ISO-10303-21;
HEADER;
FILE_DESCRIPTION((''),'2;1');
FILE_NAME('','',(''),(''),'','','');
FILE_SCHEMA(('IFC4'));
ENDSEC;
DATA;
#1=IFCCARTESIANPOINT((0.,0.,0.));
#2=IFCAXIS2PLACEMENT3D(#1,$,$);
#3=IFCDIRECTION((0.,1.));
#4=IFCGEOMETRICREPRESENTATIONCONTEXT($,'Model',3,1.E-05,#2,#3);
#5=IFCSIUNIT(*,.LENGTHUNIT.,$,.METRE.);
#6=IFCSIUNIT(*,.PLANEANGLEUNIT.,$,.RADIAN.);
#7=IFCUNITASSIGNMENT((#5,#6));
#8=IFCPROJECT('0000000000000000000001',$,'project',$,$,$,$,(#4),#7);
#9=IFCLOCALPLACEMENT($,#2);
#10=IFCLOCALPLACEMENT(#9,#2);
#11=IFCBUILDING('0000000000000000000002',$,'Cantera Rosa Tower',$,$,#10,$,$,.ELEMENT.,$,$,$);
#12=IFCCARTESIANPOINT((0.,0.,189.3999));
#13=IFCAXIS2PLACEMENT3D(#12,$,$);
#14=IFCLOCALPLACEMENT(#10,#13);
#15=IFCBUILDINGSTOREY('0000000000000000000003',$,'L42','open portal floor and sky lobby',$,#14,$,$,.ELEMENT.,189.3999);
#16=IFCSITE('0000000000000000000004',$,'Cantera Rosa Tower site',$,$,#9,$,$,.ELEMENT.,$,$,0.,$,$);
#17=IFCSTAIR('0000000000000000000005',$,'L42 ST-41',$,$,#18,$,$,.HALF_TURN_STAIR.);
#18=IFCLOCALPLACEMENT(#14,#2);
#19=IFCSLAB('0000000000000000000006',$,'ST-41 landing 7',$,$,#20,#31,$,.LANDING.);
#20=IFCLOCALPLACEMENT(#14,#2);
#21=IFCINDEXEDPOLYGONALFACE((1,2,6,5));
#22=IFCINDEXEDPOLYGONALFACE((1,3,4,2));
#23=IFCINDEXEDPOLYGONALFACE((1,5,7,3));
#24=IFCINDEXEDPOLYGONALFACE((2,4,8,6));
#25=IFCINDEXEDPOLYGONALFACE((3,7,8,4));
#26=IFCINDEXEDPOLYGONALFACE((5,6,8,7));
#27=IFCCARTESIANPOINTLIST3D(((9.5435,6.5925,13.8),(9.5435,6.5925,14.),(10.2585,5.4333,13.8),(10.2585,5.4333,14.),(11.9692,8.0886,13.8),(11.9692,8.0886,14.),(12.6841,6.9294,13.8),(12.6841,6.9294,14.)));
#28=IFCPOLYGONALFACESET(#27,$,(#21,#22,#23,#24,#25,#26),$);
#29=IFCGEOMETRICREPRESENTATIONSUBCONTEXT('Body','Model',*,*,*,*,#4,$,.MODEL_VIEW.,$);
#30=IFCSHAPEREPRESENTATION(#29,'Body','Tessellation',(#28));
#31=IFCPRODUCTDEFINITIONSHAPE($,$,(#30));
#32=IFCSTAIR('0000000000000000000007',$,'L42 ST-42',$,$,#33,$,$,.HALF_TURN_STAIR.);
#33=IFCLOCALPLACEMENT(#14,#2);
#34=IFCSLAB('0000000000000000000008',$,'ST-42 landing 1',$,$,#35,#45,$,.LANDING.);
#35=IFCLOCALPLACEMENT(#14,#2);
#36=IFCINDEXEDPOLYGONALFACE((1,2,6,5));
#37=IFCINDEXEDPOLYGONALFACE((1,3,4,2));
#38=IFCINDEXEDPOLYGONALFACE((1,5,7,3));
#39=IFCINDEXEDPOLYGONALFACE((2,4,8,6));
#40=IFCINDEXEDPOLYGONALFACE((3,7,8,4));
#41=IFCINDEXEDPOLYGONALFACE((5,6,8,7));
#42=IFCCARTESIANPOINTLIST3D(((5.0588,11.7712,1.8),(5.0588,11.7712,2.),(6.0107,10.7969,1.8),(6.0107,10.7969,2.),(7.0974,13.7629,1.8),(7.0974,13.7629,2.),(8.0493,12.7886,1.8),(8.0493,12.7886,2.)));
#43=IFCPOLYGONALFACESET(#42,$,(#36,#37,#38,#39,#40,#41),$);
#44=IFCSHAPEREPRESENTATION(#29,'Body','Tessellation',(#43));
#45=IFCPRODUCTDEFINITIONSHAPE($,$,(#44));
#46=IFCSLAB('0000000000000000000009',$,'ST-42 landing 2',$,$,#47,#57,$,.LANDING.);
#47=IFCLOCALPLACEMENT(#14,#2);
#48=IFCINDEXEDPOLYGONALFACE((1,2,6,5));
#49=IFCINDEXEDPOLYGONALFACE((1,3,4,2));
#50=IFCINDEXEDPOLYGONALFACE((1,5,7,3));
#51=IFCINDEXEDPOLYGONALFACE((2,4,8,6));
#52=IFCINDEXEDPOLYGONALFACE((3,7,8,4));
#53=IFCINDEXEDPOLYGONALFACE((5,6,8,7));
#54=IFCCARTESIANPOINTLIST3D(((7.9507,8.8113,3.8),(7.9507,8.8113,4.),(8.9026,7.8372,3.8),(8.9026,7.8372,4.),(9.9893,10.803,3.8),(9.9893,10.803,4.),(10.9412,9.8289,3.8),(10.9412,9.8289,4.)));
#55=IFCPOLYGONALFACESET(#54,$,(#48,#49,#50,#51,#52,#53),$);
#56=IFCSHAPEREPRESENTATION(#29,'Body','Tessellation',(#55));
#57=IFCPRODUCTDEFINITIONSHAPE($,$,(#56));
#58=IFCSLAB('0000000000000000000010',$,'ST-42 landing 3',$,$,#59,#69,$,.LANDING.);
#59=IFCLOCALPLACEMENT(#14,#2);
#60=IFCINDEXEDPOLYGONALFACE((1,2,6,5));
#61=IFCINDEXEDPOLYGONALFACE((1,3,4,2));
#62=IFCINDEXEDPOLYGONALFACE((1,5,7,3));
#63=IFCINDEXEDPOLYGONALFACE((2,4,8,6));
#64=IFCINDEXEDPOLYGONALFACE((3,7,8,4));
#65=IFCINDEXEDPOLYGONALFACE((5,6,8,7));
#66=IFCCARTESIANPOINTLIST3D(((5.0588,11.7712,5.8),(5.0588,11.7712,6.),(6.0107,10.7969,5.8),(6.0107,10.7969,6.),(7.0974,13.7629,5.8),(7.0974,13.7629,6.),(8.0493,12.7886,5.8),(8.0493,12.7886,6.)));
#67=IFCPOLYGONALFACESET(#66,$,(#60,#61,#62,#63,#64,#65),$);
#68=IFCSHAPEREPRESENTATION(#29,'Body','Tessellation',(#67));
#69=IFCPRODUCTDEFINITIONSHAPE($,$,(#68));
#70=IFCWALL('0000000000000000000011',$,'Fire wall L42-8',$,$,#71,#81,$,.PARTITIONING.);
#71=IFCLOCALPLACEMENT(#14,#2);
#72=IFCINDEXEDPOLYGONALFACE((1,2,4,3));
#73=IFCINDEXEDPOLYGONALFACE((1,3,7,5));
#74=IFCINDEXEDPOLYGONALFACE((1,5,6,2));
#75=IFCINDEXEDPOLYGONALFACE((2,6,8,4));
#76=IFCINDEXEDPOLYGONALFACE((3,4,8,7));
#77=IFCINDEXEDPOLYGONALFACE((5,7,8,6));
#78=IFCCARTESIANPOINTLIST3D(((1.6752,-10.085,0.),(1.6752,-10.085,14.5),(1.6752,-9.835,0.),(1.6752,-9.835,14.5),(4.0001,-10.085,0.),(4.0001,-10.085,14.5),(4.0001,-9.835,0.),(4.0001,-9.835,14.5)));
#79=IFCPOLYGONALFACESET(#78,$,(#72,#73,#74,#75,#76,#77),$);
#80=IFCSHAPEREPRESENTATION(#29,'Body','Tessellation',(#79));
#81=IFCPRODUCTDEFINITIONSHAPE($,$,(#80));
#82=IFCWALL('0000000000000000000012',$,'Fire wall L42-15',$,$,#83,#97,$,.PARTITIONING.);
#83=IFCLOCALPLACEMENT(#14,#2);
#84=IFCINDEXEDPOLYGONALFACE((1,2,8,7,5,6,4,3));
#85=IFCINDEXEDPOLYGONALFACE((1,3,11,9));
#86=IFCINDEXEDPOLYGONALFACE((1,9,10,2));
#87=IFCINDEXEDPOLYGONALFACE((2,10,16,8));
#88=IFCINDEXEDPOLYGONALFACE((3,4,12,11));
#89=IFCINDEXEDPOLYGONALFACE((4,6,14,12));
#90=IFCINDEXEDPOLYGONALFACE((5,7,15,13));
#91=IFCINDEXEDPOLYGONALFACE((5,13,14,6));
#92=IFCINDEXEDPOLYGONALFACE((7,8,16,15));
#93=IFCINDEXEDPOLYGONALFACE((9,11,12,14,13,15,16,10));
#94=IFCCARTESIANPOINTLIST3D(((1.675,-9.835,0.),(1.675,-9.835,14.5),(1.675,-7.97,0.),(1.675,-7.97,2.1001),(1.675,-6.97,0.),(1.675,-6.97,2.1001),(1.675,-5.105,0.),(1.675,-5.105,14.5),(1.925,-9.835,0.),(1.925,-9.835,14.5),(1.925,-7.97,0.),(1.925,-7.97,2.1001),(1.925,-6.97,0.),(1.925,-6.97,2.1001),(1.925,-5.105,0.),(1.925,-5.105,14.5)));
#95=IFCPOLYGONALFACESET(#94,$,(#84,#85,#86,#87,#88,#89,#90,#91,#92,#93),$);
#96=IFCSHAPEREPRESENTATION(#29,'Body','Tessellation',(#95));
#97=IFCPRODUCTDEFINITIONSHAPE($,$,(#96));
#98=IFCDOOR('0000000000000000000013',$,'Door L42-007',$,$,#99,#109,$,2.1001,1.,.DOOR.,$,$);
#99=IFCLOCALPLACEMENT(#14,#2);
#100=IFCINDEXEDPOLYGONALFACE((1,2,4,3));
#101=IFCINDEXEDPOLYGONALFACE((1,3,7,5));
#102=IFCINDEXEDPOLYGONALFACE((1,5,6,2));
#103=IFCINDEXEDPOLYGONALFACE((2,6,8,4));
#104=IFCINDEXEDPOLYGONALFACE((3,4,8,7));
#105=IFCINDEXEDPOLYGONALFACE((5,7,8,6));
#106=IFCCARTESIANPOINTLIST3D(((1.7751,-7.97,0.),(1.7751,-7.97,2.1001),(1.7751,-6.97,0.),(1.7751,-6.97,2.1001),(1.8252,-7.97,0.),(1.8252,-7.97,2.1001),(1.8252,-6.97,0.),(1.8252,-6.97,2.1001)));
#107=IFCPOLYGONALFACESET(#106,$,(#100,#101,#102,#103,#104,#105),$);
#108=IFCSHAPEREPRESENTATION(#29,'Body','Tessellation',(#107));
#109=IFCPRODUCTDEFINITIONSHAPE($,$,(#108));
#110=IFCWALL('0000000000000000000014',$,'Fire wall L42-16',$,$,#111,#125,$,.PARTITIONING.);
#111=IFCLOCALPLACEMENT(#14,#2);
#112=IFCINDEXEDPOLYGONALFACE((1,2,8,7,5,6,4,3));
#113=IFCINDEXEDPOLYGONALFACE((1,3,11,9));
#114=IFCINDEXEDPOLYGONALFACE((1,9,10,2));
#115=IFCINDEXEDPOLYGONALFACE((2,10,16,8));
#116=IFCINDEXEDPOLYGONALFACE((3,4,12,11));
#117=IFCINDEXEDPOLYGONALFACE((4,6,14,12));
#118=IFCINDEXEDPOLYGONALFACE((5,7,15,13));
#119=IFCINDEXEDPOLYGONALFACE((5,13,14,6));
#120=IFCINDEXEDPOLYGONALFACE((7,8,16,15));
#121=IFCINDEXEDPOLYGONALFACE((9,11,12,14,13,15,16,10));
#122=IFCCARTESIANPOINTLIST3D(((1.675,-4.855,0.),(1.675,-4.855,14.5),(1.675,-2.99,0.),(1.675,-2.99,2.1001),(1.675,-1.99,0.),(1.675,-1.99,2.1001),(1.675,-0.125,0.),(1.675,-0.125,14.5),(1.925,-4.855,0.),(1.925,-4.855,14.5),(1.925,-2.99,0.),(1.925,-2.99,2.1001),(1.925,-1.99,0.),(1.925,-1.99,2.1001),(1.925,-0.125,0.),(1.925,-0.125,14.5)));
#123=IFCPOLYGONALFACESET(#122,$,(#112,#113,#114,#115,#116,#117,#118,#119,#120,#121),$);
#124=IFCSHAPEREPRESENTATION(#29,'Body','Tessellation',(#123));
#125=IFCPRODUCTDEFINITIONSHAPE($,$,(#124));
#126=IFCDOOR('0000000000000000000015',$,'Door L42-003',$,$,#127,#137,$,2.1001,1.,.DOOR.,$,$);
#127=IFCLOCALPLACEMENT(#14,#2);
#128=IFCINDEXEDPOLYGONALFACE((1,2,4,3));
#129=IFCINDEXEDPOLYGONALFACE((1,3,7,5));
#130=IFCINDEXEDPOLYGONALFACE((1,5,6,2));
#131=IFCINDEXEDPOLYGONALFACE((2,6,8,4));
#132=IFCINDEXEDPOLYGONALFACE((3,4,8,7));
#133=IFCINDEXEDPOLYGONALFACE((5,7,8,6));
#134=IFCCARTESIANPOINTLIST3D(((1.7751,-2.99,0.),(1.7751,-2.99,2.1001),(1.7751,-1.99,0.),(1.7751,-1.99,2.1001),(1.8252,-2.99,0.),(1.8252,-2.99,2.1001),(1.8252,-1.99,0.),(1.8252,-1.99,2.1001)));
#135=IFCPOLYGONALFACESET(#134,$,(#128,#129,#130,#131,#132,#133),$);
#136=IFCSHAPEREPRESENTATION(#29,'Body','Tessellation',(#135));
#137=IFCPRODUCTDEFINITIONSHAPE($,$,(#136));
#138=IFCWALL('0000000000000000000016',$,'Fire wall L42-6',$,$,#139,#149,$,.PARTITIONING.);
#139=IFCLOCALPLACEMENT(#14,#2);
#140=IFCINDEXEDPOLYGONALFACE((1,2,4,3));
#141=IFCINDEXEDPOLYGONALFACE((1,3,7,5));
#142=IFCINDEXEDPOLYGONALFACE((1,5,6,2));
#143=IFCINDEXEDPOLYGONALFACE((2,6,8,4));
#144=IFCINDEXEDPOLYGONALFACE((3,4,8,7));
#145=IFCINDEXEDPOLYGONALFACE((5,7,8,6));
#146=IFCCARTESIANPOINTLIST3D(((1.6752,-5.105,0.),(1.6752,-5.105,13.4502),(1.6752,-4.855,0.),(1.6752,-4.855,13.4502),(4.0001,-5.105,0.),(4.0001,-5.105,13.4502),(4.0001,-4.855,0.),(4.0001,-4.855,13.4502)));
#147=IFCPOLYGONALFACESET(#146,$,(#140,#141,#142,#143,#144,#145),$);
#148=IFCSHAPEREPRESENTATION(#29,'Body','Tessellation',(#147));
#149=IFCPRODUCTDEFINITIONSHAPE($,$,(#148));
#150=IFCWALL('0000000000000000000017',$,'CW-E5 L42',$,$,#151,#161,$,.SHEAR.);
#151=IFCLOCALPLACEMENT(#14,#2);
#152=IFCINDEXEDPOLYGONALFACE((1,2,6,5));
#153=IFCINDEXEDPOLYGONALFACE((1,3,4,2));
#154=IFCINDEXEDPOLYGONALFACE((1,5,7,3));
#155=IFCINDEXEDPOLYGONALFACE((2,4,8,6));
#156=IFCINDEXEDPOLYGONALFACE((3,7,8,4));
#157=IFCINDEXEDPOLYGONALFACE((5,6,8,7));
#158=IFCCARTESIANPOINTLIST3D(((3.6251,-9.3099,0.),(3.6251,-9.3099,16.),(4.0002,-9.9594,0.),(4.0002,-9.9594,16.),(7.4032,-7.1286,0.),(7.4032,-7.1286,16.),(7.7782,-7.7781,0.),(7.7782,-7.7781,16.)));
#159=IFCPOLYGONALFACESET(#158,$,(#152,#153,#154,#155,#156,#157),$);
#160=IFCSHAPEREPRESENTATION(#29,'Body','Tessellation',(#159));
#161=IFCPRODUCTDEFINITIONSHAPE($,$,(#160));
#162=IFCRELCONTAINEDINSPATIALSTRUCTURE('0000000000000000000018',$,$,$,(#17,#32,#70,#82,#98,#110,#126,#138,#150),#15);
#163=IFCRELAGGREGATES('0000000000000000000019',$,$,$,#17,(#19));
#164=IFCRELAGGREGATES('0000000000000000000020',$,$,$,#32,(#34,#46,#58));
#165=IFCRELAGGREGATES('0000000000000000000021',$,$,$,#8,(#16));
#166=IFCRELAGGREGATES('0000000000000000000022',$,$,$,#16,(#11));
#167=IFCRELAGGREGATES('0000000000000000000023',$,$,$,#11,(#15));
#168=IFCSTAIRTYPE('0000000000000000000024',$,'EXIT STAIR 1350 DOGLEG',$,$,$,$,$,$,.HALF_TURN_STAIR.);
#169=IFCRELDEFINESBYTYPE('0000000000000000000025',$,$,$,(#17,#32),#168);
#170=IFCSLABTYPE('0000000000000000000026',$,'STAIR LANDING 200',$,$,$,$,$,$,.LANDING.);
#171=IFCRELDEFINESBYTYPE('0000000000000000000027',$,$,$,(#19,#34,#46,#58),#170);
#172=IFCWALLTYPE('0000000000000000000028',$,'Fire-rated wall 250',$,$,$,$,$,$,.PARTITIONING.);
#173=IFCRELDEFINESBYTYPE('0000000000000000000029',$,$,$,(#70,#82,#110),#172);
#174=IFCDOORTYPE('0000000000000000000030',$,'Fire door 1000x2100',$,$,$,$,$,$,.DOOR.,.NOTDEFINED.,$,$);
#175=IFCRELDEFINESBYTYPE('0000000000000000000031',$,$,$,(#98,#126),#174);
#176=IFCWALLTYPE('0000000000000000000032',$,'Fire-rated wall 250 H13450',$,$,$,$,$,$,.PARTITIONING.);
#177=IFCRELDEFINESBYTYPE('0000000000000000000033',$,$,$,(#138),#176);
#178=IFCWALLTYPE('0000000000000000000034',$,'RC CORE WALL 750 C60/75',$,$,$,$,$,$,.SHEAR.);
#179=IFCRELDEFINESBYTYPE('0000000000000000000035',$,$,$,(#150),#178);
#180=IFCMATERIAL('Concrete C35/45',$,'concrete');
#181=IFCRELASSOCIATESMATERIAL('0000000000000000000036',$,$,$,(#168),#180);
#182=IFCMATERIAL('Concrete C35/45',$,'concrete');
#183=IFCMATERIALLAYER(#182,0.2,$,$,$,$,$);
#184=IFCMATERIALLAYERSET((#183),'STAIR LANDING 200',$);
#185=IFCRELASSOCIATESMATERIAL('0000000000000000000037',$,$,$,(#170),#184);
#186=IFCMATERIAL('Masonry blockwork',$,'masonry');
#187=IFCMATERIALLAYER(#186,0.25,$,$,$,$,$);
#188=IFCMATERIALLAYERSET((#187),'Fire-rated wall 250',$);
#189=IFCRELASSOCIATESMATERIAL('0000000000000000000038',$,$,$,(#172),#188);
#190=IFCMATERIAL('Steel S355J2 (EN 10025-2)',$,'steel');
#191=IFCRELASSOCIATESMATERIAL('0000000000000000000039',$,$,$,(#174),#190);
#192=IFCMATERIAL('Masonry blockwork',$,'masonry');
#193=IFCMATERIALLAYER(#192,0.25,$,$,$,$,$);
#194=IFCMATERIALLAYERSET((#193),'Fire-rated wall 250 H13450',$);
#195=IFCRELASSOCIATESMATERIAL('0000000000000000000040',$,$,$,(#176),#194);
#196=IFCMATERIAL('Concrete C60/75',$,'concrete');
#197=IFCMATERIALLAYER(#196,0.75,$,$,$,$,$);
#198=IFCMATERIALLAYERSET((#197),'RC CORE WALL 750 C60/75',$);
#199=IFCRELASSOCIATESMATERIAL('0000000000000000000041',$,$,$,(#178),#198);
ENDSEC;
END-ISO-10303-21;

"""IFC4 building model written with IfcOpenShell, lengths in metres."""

from ifc_helpers import new_model, si_unit, direction, frame, frame_2d, origin, place, context, subcontext, project, spatial, polyline, rectangle, outline, extrude, material, layer, layer_set, type_object, element, fill, aggregate, save


model = new_model("IFC4")

# Units and contexts
model_context = context("Model", 3, precision=1e-05, world=origin(), true_north=direction((0.0, 1.0)))
body_context = subcontext(model_context, "Body", "Model", "MODEL_VIEW")
ifc_project = project(units=[si_unit("LENGTHUNIT", "METRE"), si_unit("PLANEANGLEUNIT", "RADIAN")], contexts=[model_context])

# Site, building, storey
site_placement = place(None, origin())
site = spatial("IfcSite", under=ifc_project, at=site_placement, Name="Cantera Rosa Tower site", CompositionType="ELEMENT", RefElevation=0.0)
building_placement = place(site_placement, origin())
building = spatial("IfcBuilding", under=site, at=building_placement, Name="Cantera Rosa Tower", CompositionType="ELEMENT")
storey_placement = place(building_placement, frame((0.0, 0.0, 189.3999)))
storey = spatial("IfcBuildingStorey", under=building, at=storey_placement, Name="L42", Description="open portal floor and sky lobby", CompositionType="ELEMENT", Elevation=189.3999)

# Stairs, slabs
ifc_material_1 = material(Name="Concrete C35/45", Category="concrete")
stair_type = type_object("IfcStairType", Name="EXIT STAIR 1350 DOGLEG", PredefinedType="HALF_TURN_STAIR", material=ifc_material_1)
stair_1_placement = place(storey_placement, origin())
stair_1 = element("IfcStair", 1, at=stair_1_placement, inside=storey, type_object=stair_type, Name="L42 ST-41", PredefinedType="HALF_TURN_STAIR")
ifc_material_2 = material(Name="Concrete C35/45", Category="concrete")
ifc_layer_1 = layer(ifc_material_2, 0.2)
ifc_layer_set_1 = layer_set([ifc_layer_1], Name="STAIR LANDING 200")
slab_type_1 = type_object("IfcSlabType", Name="STAIR LANDING 200", PredefinedType="LANDING", material=ifc_layer_set_1)
slab_1_placement = place(storey_placement, frame((0.0, 0.0, 13.8)))
slab_1 = element("IfcSlab", 2, at=slab_1_placement, type_object=slab_type_1, Name="ST-41 landing 7", PredefinedType="LANDING", context=body_context, shape_type="SweptSolid", body=[
    extrude(outline(polyline([(12.6841, 6.9294), (11.9692, 8.0886), (9.5435, 6.5925), (10.2585, 5.4333), (12.6841, 6.9294)])), origin(), (0.0, 0.0, 1.0), 0.2),
])
aggregate(stair_1, [slab_1])
stair_2_placement = place(storey_placement, origin())
stair_2 = element("IfcStair", 3, at=stair_2_placement, inside=storey, type_object=stair_type, Name="L42 ST-42", PredefinedType="HALF_TURN_STAIR")
slab_2_placement = place(storey_placement, frame((0.0, 0.0, 1.8)))
slab_2 = element("IfcSlab", 4, at=slab_2_placement, type_object=slab_type_1, Name="ST-42 landing 1", PredefinedType="LANDING", context=body_context, shape_type="SweptSolid", body=[
    extrude(outline(polyline([(8.0493, 12.7886), (7.0974, 13.7629), (5.0588, 11.7712), (6.0107, 10.7969), (8.0493, 12.7886)])), origin(), (0.0, 0.0, 1.0), 0.2),
])
slab_3_placement = place(storey_placement, frame((0.0, 0.0, 3.8)))
slab_3 = element("IfcSlab", 5, at=slab_3_placement, type_object=slab_type_1, Name="ST-42 landing 2", PredefinedType="LANDING", context=body_context, shape_type="SweptSolid", body=[
    extrude(outline(polyline([(10.9412, 9.8289), (9.9893, 10.803), (7.9507, 8.8113), (8.9026, 7.8372), (10.9412, 9.8289)])), origin(), (0.0, 0.0, 1.0), 0.2),
])
slab_4_placement = place(storey_placement, frame((0.0, 0.0, 5.8)))
slab_4 = element("IfcSlab", 6, at=slab_4_placement, type_object=slab_type_1, Name="ST-42 landing 3", PredefinedType="LANDING", context=body_context, shape_type="SweptSolid", body=[
    extrude(outline(polyline([(8.0493, 12.7886), (7.0974, 13.7629), (5.0588, 11.7712), (6.0107, 10.7969), (8.0493, 12.7886)])), origin(), (0.0, 0.0, 1.0), 0.2),
])
aggregate(stair_2, [slab_2, slab_3, slab_4])

# Wall
ifc_material_3 = material(Name="Masonry blockwork", Category="masonry")
ifc_layer_2 = layer(ifc_material_3, 0.25)
ifc_layer_set_2 = layer_set([ifc_layer_2], Name="Fire-rated wall 250")
wall_type_1 = type_object("IfcWallType", Name="Fire-rated wall 250", PredefinedType="PARTITIONING", material=ifc_layer_set_2)
wall_1_placement = place(storey_placement, frame((1.675, -9.96, 0.0), z_axis=(0.0, 0.0, 1.0), x_axis=(1.0, 0.0, 0.0)))
element("IfcWall", 7, at=wall_1_placement, inside=storey, type_object=wall_type_1, Name="Fire wall L42-8", PredefinedType="PARTITIONING", context=body_context, shape_type="SweptSolid", body=[
    extrude(rectangle(XDim=2.325, YDim=0.25, at=frame_2d((1.1626, 0.0))), origin(), (0.0, 0.0, 1.0), 14.5),
])

# Walls, openings, doors
wall_2_placement = place(storey_placement, frame((1.8, -9.835, 0.0), z_axis=(0.0, 0.0, 1.0), x_axis=(0.0, 1.0, 0.0)))
wall_2 = element("IfcWall", 8, at=wall_2_placement, inside=storey, type_object=wall_type_1, Name="Fire wall L42-15", PredefinedType="PARTITIONING", context=body_context, shape_type="SweptSolid", body=[
    extrude(rectangle(XDim=4.73, YDim=0.25, at=frame_2d((2.365, 0.0))), origin(), (0.0, 0.0, 1.0), 14.5),
])
opening_1_placement = place(wall_2_placement, frame((1.865, 0.0, 0.0)))
opening_1 = element("IfcOpeningElement", 9, at=opening_1_placement, cuts=wall_2, PredefinedType="OPENING", context=body_context, shape_type="SweptSolid", body=[
    extrude(rectangle(XDim=1.0, YDim=2.1001, at=frame_2d((0.5, 1.05))), frame((0.0, 0.135, 0.0), z_axis=(0.0, -1.0, 0.0), x_axis=(1.0, 0.0, 0.0)), (0.0, 0.0, 1.0), 0.27),
])
ifc_material_4 = material(Name="Steel S355J2 (EN 10025-2)", Category="steel")
door_type_1 = type_object("IfcDoorType", Name="Fire door 1000x2100", OperationType="NOTDEFINED", PredefinedType="DOOR", material=ifc_material_4)
door_1_placement = place(opening_1_placement, origin())
door_1 = element("IfcDoor", 10, at=door_1_placement, inside=storey, type_object=door_type_1, Name="Door L42-007", OverallHeight=2.1001, OverallWidth=1.0, PredefinedType="DOOR", context=body_context, shape_type="SweptSolid", body=[
    extrude(rectangle(XDim=1.0, YDim=2.1001, at=frame_2d((0.5, 1.05))), frame((0.0, 0.0249, 0.0), z_axis=(0.0, -1.0, 0.0), x_axis=(1.0, 0.0, 0.0)), (0.0, 0.0, 1.0), 0.05),
])
fill(opening_1, door_1)
wall_3_placement = place(storey_placement, frame((1.8, -4.855, 0.0), z_axis=(0.0, 0.0, 1.0), x_axis=(0.0, 1.0, 0.0)))
wall_3 = element("IfcWall", 11, at=wall_3_placement, inside=storey, type_object=wall_type_1, Name="Fire wall L42-16", PredefinedType="PARTITIONING", context=body_context, shape_type="SweptSolid", body=[
    extrude(rectangle(XDim=4.73, YDim=0.25, at=frame_2d((2.365, 0.0))), origin(), (0.0, 0.0, 1.0), 14.5),
])
opening_2_placement = place(wall_3_placement, frame((1.865, 0.0, 0.0)))
opening_2 = element("IfcOpeningElement", 12, at=opening_2_placement, cuts=wall_3, PredefinedType="OPENING", context=body_context, shape_type="SweptSolid", body=[
    extrude(rectangle(XDim=1.0, YDim=2.1001, at=frame_2d((0.5, 1.05))), frame((0.0, 0.135, 0.0), z_axis=(0.0, -1.0, 0.0), x_axis=(1.0, 0.0, 0.0)), (0.0, 0.0, 1.0), 0.27),
])
door_2_placement = place(opening_2_placement, origin())
door_2 = element("IfcDoor", 13, at=door_2_placement, inside=storey, type_object=door_type_1, Name="Door L42-003", OverallHeight=2.1001, OverallWidth=1.0, PredefinedType="DOOR", context=body_context, shape_type="SweptSolid", body=[
    extrude(rectangle(XDim=1.0, YDim=2.1001, at=frame_2d((0.5, 1.05))), frame((0.0, 0.0249, 0.0), z_axis=(0.0, -1.0, 0.0), x_axis=(1.0, 0.0, 0.0)), (0.0, 0.0, 1.0), 0.05),
])
fill(opening_2, door_2)

# Walls
ifc_material_5 = material(Name="Masonry blockwork", Category="masonry")
ifc_layer_3 = layer(ifc_material_5, 0.25)
ifc_layer_set_3 = layer_set([ifc_layer_3], Name="Fire-rated wall 250 H13450")
wall_type_2 = type_object("IfcWallType", Name="Fire-rated wall 250 H13450", PredefinedType="PARTITIONING", material=ifc_layer_set_3)
wall_4_placement = place(storey_placement, frame((1.675, -4.98, 0.0), z_axis=(0.0, 0.0, 1.0), x_axis=(1.0, 0.0, 0.0)))
element("IfcWall", 14, at=wall_4_placement, inside=storey, type_object=wall_type_2, Name="Fire wall L42-6", PredefinedType="PARTITIONING", context=body_context, shape_type="SweptSolid", body=[
    extrude(rectangle(XDim=2.325, YDim=0.25, at=frame_2d((1.1626, 0.0))), origin(), (0.0, 0.0, 1.0), 13.4502),
])
ifc_material_6 = material(Name="Concrete C60/75", Category="concrete")
ifc_layer_4 = layer(ifc_material_6, 0.75)
ifc_layer_set_4 = layer_set([ifc_layer_4], Name="RC CORE WALL 750 C60/75")
wall_type_3 = type_object("IfcWallType", Name="RC CORE WALL 750 C60/75", PredefinedType="SHEAR", material=ifc_layer_set_4)
wall_5_placement = place(storey_placement, frame((7.5906, -7.4534, 0.0), z_axis=(0.0, 0.0, 1.0), x_axis=(-0.866013, -0.500021, 0.0)))
element("IfcWall", 15, at=wall_5_placement, inside=storey, type_object=wall_type_3, Name="CW-E5 L42", PredefinedType="SHEAR", context=body_context, shape_type="SweptSolid", body=[
    extrude(rectangle(XDim=4.3625, YDim=0.75, at=frame_2d((2.1812, 0.0))), origin(), (0.0, 0.0, 1.0), 16.0),
])

save(model, "model.ifc")
